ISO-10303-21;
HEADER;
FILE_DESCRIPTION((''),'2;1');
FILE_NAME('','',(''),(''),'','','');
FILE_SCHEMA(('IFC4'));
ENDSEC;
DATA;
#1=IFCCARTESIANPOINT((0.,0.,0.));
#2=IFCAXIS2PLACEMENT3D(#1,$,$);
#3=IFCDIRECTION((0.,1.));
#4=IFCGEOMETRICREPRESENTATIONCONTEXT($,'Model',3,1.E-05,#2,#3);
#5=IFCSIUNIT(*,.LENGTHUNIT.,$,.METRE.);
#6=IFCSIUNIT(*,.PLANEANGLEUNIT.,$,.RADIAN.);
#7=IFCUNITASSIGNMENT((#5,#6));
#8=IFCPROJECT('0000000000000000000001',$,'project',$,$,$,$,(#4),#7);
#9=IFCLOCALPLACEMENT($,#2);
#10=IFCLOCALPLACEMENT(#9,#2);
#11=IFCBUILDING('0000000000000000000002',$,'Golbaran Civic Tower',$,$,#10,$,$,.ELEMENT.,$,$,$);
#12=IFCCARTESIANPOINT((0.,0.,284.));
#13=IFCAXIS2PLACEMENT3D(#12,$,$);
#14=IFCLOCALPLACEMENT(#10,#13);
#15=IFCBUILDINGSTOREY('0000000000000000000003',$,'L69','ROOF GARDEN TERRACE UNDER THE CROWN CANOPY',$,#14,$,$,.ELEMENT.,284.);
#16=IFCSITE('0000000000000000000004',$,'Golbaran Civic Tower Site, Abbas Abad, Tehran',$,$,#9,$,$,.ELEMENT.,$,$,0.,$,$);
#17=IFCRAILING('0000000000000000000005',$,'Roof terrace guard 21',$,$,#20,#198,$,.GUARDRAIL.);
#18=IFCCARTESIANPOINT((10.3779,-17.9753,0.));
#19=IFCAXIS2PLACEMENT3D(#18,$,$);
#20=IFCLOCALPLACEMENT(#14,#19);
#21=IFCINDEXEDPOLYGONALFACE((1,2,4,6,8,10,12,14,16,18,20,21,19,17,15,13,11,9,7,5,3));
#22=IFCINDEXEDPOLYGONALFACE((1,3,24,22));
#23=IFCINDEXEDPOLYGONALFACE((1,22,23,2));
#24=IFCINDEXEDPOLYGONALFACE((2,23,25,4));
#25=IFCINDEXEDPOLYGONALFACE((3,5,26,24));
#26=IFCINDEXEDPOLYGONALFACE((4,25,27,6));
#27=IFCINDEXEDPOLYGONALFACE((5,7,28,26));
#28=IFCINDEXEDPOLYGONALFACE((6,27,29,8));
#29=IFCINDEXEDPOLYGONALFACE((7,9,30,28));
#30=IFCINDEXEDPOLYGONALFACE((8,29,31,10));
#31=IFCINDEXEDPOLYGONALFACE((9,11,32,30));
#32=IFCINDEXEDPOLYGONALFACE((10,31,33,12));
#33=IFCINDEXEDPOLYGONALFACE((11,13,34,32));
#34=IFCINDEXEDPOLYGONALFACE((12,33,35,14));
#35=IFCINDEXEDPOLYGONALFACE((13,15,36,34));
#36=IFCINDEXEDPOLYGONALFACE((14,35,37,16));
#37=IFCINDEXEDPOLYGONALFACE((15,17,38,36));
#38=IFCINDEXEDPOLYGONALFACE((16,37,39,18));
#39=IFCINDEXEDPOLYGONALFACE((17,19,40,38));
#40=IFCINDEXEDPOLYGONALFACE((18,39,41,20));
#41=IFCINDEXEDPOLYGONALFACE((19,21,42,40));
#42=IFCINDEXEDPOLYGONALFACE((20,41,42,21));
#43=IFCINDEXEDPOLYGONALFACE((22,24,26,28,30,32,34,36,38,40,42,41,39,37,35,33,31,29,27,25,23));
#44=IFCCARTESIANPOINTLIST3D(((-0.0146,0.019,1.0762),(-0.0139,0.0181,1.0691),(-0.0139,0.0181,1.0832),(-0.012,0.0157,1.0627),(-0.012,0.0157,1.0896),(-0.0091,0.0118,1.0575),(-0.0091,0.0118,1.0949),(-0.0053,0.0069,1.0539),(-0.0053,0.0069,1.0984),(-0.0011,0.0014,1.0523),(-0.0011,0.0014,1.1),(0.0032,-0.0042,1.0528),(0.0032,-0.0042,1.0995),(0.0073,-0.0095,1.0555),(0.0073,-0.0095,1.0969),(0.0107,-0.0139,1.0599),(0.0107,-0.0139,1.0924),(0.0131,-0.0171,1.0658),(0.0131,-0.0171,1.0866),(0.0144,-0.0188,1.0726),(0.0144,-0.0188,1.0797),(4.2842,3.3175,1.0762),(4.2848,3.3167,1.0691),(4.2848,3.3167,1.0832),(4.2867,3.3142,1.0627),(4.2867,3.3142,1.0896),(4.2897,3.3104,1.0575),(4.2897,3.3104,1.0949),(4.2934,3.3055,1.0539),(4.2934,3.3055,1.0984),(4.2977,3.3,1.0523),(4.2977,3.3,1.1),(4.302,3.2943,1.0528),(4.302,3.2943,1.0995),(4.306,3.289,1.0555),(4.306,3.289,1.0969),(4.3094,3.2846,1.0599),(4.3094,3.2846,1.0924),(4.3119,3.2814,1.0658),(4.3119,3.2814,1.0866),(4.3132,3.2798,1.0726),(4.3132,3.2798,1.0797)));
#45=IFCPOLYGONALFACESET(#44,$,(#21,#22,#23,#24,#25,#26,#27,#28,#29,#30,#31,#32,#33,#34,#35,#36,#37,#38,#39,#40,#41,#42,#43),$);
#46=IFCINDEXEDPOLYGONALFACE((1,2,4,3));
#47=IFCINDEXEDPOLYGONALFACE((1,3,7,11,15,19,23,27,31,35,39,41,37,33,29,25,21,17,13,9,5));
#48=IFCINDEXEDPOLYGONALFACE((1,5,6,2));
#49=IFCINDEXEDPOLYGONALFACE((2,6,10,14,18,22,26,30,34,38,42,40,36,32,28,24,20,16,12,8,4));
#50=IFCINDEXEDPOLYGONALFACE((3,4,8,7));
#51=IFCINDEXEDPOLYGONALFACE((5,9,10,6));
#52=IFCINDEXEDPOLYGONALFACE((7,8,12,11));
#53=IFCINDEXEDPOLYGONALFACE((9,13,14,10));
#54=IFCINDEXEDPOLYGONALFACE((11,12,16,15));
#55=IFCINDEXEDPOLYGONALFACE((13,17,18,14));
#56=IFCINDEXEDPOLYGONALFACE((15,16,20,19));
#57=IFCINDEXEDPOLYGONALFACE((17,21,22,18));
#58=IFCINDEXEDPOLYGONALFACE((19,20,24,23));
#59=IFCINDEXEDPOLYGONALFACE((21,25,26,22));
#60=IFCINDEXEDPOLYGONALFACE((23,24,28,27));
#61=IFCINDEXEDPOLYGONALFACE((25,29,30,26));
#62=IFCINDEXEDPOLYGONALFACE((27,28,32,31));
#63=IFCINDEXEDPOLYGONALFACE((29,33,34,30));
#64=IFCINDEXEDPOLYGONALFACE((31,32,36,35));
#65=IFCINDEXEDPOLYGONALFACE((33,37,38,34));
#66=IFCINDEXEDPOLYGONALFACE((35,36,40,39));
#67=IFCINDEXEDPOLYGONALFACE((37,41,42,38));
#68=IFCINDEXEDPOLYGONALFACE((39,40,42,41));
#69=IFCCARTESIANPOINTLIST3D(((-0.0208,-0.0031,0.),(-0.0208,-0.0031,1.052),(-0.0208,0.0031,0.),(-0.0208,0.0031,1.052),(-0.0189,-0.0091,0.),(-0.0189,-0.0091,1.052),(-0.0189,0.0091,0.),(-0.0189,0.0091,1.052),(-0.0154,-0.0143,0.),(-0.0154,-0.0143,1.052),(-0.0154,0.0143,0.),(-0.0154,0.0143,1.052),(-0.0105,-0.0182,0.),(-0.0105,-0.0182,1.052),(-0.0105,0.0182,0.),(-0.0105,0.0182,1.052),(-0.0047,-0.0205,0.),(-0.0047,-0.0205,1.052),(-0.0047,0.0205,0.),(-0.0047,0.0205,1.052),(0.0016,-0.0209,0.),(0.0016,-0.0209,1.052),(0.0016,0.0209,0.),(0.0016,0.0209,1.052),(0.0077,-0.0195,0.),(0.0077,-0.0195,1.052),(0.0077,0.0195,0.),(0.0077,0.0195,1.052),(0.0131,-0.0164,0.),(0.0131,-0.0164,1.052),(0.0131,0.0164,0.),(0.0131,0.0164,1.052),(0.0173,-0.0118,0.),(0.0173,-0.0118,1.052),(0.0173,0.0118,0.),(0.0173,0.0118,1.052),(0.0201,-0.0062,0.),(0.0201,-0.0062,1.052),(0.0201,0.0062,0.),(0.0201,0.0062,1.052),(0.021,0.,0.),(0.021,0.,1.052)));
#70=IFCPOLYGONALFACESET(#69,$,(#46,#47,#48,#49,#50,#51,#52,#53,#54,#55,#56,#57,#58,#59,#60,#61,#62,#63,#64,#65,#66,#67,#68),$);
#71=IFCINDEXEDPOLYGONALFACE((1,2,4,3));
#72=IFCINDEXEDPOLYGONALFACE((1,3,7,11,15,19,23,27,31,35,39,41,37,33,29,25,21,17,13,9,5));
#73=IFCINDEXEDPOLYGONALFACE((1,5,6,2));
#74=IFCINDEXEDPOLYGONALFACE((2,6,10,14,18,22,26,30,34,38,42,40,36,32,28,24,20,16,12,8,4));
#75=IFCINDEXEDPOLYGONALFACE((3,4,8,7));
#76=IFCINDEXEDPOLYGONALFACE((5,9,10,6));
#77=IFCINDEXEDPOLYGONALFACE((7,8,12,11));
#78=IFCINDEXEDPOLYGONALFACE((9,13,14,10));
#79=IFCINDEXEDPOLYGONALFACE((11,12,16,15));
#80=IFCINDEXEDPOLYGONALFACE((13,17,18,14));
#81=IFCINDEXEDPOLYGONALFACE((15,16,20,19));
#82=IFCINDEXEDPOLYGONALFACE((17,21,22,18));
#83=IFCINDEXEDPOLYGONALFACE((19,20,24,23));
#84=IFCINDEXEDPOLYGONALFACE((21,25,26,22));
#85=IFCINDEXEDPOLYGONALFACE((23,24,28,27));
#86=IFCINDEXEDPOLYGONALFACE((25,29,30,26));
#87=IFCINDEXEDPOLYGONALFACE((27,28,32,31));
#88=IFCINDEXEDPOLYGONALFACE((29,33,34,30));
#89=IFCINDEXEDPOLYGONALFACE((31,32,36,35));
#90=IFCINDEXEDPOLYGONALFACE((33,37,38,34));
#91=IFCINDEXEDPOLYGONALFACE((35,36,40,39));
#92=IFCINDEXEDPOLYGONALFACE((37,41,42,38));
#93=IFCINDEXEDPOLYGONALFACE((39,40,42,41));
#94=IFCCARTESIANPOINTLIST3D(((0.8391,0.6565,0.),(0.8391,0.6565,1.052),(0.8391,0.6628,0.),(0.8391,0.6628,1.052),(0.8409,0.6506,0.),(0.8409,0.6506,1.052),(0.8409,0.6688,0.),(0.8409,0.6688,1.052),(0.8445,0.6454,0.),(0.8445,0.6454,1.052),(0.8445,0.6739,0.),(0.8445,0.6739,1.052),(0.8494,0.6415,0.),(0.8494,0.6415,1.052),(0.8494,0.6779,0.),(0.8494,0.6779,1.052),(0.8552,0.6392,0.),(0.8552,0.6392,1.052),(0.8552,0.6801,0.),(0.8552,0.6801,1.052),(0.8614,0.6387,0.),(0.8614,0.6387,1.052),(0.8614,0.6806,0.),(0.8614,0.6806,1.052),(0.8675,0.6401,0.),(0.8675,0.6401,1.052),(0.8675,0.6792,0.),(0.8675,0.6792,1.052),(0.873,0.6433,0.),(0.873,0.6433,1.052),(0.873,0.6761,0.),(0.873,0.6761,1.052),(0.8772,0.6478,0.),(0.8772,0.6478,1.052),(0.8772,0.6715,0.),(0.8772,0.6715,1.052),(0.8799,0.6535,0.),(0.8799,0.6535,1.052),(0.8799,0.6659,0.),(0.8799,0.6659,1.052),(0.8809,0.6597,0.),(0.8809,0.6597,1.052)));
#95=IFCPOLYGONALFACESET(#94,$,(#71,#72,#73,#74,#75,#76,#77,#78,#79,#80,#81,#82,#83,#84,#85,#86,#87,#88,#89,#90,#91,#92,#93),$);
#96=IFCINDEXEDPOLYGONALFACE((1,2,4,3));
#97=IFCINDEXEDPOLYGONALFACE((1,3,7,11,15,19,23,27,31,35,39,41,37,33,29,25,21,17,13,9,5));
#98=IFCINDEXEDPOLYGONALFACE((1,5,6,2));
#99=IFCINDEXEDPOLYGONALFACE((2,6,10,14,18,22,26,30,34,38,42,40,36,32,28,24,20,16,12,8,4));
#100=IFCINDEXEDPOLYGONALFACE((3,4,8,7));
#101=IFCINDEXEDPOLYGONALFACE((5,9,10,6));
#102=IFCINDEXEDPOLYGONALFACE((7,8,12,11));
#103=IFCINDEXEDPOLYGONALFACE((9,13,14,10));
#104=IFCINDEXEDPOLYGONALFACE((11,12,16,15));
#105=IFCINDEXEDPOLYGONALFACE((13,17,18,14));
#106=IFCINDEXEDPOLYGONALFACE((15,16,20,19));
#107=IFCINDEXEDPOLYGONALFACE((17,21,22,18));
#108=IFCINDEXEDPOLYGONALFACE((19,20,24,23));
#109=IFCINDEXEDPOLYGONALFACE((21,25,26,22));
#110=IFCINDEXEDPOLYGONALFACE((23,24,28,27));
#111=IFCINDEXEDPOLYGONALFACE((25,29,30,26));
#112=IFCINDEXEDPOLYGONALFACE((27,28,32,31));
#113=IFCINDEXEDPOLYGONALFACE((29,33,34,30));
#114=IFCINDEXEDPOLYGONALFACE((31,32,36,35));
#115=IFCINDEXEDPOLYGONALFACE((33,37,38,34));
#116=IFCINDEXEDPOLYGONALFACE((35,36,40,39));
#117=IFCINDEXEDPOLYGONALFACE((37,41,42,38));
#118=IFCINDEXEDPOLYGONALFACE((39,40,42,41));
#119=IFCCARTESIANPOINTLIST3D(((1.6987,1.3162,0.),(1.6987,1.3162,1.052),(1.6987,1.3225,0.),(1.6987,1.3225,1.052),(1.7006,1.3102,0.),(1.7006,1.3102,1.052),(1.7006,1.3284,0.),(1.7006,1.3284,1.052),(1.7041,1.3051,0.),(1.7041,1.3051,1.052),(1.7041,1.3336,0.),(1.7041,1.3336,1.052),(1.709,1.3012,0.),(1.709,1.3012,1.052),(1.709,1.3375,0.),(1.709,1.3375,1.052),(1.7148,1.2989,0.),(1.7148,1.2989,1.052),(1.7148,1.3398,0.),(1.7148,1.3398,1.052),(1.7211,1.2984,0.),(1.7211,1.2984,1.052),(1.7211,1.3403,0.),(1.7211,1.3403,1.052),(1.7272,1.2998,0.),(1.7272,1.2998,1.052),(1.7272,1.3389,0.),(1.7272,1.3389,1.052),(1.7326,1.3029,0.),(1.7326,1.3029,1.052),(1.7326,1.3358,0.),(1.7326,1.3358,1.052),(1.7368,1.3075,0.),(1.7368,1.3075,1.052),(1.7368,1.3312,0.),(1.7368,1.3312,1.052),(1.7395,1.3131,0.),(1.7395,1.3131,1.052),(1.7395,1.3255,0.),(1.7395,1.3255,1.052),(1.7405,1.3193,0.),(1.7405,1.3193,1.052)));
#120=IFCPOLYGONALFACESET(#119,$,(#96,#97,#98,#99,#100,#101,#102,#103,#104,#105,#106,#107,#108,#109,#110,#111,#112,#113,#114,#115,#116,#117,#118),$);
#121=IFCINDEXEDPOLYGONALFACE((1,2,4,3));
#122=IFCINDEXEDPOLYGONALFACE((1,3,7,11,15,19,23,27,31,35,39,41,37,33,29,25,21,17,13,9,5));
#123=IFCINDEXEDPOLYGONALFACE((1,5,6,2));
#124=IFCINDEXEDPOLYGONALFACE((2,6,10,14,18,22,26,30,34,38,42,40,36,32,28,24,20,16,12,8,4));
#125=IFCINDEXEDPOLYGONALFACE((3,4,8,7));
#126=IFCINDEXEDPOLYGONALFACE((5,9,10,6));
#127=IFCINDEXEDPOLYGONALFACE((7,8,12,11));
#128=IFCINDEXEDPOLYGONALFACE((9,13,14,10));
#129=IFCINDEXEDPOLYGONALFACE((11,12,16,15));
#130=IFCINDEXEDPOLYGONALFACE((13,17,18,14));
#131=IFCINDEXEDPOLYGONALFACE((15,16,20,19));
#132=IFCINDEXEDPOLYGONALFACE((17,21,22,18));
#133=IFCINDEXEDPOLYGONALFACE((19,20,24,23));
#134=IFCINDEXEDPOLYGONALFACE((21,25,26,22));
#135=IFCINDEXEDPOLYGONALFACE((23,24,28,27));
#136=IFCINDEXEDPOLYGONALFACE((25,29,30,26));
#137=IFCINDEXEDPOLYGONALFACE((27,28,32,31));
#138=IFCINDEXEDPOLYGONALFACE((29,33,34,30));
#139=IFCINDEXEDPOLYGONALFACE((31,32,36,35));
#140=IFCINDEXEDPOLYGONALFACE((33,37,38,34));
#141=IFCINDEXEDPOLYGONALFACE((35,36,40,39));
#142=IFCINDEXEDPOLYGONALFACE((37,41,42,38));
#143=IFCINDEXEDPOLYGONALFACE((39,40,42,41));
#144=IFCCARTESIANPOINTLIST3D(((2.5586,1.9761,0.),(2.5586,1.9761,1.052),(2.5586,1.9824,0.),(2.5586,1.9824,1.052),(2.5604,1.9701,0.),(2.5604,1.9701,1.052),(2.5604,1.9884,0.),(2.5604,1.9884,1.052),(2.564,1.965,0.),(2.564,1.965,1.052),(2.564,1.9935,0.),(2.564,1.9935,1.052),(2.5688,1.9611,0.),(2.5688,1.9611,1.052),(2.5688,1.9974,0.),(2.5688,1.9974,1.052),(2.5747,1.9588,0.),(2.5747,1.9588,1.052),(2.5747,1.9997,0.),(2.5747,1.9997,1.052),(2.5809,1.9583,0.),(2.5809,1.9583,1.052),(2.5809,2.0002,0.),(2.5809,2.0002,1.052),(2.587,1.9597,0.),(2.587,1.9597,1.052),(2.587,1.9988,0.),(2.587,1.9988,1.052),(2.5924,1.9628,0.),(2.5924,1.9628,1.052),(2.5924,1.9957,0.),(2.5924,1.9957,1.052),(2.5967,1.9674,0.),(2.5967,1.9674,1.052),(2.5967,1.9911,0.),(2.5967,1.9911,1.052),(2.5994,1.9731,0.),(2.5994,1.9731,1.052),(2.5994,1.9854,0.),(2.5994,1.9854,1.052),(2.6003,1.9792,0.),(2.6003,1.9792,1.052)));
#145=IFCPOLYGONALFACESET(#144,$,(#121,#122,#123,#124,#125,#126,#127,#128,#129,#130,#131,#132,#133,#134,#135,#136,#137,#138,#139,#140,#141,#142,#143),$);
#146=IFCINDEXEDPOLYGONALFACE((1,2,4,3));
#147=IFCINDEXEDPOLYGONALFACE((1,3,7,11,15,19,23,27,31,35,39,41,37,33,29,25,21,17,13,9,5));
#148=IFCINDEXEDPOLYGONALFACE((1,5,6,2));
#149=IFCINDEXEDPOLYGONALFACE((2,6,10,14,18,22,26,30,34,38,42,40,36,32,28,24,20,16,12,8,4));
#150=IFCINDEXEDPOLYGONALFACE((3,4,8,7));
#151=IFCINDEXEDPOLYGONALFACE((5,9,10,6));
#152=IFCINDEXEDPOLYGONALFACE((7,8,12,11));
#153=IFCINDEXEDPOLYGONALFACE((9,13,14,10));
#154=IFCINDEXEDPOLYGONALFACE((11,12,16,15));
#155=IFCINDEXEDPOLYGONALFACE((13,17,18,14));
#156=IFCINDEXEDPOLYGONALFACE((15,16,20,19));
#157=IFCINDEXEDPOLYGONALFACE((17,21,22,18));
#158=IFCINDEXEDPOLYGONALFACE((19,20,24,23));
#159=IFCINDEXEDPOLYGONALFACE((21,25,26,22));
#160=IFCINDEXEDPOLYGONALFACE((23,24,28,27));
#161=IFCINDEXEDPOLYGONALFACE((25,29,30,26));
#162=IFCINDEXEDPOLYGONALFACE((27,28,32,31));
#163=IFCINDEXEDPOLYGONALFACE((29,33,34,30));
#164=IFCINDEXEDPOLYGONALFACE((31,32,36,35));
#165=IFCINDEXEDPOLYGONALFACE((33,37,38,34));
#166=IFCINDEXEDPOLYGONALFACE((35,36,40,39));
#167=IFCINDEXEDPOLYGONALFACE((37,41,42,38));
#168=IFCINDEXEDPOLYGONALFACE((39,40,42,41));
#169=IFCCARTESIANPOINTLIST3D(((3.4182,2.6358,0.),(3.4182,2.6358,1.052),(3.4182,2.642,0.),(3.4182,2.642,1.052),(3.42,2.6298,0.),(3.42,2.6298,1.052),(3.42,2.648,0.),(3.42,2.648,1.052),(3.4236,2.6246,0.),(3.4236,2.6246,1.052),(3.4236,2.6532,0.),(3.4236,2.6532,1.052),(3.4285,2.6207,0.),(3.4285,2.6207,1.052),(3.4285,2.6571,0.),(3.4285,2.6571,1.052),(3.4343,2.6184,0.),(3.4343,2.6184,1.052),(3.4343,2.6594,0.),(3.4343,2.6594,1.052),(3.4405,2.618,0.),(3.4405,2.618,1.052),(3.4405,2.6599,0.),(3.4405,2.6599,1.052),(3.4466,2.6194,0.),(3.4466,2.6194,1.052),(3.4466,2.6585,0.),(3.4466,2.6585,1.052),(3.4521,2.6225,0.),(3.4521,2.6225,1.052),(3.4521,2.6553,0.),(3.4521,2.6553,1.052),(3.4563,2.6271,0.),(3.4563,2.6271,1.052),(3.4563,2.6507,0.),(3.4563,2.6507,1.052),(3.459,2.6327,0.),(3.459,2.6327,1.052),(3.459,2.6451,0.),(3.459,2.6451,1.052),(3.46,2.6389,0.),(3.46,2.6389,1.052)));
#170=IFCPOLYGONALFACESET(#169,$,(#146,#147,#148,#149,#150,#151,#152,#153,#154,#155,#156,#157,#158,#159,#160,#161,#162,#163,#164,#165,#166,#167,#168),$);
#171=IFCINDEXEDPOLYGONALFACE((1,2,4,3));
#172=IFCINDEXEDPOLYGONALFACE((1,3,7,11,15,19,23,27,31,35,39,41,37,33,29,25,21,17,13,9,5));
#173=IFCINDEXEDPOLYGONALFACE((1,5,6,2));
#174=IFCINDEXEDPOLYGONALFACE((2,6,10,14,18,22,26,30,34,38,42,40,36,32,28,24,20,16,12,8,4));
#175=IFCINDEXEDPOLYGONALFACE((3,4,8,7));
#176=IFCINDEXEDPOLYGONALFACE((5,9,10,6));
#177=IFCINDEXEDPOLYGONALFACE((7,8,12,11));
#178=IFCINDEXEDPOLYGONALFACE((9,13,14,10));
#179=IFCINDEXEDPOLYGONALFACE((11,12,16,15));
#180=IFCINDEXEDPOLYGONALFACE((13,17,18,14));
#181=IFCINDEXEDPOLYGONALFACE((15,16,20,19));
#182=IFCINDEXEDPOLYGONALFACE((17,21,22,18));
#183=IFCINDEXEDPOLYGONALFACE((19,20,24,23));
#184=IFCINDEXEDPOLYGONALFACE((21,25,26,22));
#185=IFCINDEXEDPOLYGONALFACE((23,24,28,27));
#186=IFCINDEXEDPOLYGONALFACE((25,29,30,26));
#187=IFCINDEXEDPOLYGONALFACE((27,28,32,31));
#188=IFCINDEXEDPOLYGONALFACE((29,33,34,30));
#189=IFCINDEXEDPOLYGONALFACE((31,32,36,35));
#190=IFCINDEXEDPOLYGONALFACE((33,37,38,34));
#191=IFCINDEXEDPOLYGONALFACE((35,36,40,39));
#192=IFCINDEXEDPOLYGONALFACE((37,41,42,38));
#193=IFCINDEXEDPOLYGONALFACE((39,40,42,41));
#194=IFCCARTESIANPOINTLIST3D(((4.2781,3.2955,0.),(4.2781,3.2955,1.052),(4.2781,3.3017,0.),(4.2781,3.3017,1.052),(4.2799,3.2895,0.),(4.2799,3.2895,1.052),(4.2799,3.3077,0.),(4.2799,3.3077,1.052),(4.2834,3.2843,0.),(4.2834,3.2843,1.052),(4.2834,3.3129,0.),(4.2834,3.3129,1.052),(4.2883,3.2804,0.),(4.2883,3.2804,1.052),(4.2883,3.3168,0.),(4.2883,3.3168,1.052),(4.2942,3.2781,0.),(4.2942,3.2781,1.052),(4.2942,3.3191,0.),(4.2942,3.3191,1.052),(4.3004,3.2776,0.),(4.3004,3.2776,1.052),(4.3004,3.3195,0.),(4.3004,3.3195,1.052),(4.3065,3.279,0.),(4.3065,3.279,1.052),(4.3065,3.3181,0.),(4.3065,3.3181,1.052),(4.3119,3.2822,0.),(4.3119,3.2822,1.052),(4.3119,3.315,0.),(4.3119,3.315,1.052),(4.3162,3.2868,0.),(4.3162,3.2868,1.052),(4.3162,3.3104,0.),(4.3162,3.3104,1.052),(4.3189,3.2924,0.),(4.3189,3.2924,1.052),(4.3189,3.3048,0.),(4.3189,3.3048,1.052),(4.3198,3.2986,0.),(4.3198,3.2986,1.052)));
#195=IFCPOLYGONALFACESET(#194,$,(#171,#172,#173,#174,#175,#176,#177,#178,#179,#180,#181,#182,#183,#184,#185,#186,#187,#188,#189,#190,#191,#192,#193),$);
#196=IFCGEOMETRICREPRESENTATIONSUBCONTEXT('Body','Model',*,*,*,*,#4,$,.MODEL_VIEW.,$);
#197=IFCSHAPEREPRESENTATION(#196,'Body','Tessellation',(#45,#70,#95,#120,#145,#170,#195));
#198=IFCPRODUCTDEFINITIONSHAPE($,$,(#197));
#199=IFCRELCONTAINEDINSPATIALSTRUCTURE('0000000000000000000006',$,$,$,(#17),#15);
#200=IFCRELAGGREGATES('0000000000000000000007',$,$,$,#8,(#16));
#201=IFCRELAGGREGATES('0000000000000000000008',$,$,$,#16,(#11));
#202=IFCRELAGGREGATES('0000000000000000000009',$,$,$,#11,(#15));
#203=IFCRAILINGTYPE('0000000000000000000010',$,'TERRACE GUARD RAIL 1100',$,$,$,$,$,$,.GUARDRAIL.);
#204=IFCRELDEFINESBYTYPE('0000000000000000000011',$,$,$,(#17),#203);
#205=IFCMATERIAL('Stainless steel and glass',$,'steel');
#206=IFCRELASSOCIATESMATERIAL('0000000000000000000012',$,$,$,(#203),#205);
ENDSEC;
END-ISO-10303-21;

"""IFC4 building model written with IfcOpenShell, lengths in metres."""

from ifc_helpers import new_model, si_unit, direction, frame, origin, origin_2d, place, context, subcontext, project, spatial, circle, extrude, material, type_object, element, save


model = new_model("IFC4")

# Units and contexts
model_context = context("Model", 3, precision=1e-05, world=origin(), true_north=direction((0.0, 1.0)))
body_context = subcontext(model_context, "Body", "Model", "MODEL_VIEW")
ifc_project = project(units=[si_unit("LENGTHUNIT", "METRE"), si_unit("PLANEANGLEUNIT", "RADIAN")], contexts=[model_context])

# Site, building, storey
site_placement = place(None, origin())
site = spatial("IfcSite", under=ifc_project, at=site_placement, Name="Golbaran Civic Tower Site, Abbas Abad, Tehran", CompositionType="ELEMENT", RefElevation=0.0)
building_placement = place(site_placement, origin())
building = spatial("IfcBuilding", under=site, at=building_placement, Name="Golbaran Civic Tower", CompositionType="ELEMENT")
storey_placement = place(building_placement, frame((0.0, 0.0, 284.0)))
storey = spatial("IfcBuildingStorey", under=building, at=storey_placement, Name="L69", Description="ROOF GARDEN TERRACE UNDER THE CROWN CANOPY", CompositionType="ELEMENT", Elevation=284.0)

# Railing
ifc_material_1 = material(Name="Stainless steel and glass", Category="steel")
railing_type = type_object("IfcRailingType", Name="TERRACE GUARD RAIL 1100", PredefinedType="GUARDRAIL", material=ifc_material_1)
railing_1_placement = place(storey_placement, frame((10.3779, -17.9753, 0.0)))
element("IfcRailing", 1, at=railing_1_placement, inside=storey, type_object=railing_type, Name="Roof terrace guard 21", PredefinedType="GUARDRAIL", context=body_context, shape_type="SweptSolid", body=[
    extrude(circle(Radius=0.0239, at=origin_2d()), frame((0.0, 0.0, 1.0762), z_axis=(0.793355, 0.608759, 0.0), x_axis=(-0.608759, 0.793355, 0.0)), (0.0, 0.0, 1.0), 5.4185),
    extrude(circle(Radius=0.021, at=origin_2d()), origin(), (0.0, 0.0, 1.0), 1.052),
    extrude(circle(Radius=0.021, at=origin_2d()), frame((0.8599, 0.6597, 0.0)), (0.0, 0.0, 1.0), 1.052),
    extrude(circle(Radius=0.021, at=origin_2d()), frame((1.7195, 1.3193, 0.0)), (0.0, 0.0, 1.0), 1.052),
    extrude(circle(Radius=0.021, at=origin_2d()), frame((2.5793, 1.9792, 0.0)), (0.0, 0.0, 1.0), 1.052),
    extrude(circle(Radius=0.021, at=origin_2d()), frame((3.439, 2.6389, 0.0)), (0.0, 0.0, 1.0), 1.052),
    extrude(circle(Radius=0.021, at=origin_2d()), frame((4.2988, 3.2986, 0.0)), (0.0, 0.0, 1.0), 1.052),
])

save(model, "model.ifc")
